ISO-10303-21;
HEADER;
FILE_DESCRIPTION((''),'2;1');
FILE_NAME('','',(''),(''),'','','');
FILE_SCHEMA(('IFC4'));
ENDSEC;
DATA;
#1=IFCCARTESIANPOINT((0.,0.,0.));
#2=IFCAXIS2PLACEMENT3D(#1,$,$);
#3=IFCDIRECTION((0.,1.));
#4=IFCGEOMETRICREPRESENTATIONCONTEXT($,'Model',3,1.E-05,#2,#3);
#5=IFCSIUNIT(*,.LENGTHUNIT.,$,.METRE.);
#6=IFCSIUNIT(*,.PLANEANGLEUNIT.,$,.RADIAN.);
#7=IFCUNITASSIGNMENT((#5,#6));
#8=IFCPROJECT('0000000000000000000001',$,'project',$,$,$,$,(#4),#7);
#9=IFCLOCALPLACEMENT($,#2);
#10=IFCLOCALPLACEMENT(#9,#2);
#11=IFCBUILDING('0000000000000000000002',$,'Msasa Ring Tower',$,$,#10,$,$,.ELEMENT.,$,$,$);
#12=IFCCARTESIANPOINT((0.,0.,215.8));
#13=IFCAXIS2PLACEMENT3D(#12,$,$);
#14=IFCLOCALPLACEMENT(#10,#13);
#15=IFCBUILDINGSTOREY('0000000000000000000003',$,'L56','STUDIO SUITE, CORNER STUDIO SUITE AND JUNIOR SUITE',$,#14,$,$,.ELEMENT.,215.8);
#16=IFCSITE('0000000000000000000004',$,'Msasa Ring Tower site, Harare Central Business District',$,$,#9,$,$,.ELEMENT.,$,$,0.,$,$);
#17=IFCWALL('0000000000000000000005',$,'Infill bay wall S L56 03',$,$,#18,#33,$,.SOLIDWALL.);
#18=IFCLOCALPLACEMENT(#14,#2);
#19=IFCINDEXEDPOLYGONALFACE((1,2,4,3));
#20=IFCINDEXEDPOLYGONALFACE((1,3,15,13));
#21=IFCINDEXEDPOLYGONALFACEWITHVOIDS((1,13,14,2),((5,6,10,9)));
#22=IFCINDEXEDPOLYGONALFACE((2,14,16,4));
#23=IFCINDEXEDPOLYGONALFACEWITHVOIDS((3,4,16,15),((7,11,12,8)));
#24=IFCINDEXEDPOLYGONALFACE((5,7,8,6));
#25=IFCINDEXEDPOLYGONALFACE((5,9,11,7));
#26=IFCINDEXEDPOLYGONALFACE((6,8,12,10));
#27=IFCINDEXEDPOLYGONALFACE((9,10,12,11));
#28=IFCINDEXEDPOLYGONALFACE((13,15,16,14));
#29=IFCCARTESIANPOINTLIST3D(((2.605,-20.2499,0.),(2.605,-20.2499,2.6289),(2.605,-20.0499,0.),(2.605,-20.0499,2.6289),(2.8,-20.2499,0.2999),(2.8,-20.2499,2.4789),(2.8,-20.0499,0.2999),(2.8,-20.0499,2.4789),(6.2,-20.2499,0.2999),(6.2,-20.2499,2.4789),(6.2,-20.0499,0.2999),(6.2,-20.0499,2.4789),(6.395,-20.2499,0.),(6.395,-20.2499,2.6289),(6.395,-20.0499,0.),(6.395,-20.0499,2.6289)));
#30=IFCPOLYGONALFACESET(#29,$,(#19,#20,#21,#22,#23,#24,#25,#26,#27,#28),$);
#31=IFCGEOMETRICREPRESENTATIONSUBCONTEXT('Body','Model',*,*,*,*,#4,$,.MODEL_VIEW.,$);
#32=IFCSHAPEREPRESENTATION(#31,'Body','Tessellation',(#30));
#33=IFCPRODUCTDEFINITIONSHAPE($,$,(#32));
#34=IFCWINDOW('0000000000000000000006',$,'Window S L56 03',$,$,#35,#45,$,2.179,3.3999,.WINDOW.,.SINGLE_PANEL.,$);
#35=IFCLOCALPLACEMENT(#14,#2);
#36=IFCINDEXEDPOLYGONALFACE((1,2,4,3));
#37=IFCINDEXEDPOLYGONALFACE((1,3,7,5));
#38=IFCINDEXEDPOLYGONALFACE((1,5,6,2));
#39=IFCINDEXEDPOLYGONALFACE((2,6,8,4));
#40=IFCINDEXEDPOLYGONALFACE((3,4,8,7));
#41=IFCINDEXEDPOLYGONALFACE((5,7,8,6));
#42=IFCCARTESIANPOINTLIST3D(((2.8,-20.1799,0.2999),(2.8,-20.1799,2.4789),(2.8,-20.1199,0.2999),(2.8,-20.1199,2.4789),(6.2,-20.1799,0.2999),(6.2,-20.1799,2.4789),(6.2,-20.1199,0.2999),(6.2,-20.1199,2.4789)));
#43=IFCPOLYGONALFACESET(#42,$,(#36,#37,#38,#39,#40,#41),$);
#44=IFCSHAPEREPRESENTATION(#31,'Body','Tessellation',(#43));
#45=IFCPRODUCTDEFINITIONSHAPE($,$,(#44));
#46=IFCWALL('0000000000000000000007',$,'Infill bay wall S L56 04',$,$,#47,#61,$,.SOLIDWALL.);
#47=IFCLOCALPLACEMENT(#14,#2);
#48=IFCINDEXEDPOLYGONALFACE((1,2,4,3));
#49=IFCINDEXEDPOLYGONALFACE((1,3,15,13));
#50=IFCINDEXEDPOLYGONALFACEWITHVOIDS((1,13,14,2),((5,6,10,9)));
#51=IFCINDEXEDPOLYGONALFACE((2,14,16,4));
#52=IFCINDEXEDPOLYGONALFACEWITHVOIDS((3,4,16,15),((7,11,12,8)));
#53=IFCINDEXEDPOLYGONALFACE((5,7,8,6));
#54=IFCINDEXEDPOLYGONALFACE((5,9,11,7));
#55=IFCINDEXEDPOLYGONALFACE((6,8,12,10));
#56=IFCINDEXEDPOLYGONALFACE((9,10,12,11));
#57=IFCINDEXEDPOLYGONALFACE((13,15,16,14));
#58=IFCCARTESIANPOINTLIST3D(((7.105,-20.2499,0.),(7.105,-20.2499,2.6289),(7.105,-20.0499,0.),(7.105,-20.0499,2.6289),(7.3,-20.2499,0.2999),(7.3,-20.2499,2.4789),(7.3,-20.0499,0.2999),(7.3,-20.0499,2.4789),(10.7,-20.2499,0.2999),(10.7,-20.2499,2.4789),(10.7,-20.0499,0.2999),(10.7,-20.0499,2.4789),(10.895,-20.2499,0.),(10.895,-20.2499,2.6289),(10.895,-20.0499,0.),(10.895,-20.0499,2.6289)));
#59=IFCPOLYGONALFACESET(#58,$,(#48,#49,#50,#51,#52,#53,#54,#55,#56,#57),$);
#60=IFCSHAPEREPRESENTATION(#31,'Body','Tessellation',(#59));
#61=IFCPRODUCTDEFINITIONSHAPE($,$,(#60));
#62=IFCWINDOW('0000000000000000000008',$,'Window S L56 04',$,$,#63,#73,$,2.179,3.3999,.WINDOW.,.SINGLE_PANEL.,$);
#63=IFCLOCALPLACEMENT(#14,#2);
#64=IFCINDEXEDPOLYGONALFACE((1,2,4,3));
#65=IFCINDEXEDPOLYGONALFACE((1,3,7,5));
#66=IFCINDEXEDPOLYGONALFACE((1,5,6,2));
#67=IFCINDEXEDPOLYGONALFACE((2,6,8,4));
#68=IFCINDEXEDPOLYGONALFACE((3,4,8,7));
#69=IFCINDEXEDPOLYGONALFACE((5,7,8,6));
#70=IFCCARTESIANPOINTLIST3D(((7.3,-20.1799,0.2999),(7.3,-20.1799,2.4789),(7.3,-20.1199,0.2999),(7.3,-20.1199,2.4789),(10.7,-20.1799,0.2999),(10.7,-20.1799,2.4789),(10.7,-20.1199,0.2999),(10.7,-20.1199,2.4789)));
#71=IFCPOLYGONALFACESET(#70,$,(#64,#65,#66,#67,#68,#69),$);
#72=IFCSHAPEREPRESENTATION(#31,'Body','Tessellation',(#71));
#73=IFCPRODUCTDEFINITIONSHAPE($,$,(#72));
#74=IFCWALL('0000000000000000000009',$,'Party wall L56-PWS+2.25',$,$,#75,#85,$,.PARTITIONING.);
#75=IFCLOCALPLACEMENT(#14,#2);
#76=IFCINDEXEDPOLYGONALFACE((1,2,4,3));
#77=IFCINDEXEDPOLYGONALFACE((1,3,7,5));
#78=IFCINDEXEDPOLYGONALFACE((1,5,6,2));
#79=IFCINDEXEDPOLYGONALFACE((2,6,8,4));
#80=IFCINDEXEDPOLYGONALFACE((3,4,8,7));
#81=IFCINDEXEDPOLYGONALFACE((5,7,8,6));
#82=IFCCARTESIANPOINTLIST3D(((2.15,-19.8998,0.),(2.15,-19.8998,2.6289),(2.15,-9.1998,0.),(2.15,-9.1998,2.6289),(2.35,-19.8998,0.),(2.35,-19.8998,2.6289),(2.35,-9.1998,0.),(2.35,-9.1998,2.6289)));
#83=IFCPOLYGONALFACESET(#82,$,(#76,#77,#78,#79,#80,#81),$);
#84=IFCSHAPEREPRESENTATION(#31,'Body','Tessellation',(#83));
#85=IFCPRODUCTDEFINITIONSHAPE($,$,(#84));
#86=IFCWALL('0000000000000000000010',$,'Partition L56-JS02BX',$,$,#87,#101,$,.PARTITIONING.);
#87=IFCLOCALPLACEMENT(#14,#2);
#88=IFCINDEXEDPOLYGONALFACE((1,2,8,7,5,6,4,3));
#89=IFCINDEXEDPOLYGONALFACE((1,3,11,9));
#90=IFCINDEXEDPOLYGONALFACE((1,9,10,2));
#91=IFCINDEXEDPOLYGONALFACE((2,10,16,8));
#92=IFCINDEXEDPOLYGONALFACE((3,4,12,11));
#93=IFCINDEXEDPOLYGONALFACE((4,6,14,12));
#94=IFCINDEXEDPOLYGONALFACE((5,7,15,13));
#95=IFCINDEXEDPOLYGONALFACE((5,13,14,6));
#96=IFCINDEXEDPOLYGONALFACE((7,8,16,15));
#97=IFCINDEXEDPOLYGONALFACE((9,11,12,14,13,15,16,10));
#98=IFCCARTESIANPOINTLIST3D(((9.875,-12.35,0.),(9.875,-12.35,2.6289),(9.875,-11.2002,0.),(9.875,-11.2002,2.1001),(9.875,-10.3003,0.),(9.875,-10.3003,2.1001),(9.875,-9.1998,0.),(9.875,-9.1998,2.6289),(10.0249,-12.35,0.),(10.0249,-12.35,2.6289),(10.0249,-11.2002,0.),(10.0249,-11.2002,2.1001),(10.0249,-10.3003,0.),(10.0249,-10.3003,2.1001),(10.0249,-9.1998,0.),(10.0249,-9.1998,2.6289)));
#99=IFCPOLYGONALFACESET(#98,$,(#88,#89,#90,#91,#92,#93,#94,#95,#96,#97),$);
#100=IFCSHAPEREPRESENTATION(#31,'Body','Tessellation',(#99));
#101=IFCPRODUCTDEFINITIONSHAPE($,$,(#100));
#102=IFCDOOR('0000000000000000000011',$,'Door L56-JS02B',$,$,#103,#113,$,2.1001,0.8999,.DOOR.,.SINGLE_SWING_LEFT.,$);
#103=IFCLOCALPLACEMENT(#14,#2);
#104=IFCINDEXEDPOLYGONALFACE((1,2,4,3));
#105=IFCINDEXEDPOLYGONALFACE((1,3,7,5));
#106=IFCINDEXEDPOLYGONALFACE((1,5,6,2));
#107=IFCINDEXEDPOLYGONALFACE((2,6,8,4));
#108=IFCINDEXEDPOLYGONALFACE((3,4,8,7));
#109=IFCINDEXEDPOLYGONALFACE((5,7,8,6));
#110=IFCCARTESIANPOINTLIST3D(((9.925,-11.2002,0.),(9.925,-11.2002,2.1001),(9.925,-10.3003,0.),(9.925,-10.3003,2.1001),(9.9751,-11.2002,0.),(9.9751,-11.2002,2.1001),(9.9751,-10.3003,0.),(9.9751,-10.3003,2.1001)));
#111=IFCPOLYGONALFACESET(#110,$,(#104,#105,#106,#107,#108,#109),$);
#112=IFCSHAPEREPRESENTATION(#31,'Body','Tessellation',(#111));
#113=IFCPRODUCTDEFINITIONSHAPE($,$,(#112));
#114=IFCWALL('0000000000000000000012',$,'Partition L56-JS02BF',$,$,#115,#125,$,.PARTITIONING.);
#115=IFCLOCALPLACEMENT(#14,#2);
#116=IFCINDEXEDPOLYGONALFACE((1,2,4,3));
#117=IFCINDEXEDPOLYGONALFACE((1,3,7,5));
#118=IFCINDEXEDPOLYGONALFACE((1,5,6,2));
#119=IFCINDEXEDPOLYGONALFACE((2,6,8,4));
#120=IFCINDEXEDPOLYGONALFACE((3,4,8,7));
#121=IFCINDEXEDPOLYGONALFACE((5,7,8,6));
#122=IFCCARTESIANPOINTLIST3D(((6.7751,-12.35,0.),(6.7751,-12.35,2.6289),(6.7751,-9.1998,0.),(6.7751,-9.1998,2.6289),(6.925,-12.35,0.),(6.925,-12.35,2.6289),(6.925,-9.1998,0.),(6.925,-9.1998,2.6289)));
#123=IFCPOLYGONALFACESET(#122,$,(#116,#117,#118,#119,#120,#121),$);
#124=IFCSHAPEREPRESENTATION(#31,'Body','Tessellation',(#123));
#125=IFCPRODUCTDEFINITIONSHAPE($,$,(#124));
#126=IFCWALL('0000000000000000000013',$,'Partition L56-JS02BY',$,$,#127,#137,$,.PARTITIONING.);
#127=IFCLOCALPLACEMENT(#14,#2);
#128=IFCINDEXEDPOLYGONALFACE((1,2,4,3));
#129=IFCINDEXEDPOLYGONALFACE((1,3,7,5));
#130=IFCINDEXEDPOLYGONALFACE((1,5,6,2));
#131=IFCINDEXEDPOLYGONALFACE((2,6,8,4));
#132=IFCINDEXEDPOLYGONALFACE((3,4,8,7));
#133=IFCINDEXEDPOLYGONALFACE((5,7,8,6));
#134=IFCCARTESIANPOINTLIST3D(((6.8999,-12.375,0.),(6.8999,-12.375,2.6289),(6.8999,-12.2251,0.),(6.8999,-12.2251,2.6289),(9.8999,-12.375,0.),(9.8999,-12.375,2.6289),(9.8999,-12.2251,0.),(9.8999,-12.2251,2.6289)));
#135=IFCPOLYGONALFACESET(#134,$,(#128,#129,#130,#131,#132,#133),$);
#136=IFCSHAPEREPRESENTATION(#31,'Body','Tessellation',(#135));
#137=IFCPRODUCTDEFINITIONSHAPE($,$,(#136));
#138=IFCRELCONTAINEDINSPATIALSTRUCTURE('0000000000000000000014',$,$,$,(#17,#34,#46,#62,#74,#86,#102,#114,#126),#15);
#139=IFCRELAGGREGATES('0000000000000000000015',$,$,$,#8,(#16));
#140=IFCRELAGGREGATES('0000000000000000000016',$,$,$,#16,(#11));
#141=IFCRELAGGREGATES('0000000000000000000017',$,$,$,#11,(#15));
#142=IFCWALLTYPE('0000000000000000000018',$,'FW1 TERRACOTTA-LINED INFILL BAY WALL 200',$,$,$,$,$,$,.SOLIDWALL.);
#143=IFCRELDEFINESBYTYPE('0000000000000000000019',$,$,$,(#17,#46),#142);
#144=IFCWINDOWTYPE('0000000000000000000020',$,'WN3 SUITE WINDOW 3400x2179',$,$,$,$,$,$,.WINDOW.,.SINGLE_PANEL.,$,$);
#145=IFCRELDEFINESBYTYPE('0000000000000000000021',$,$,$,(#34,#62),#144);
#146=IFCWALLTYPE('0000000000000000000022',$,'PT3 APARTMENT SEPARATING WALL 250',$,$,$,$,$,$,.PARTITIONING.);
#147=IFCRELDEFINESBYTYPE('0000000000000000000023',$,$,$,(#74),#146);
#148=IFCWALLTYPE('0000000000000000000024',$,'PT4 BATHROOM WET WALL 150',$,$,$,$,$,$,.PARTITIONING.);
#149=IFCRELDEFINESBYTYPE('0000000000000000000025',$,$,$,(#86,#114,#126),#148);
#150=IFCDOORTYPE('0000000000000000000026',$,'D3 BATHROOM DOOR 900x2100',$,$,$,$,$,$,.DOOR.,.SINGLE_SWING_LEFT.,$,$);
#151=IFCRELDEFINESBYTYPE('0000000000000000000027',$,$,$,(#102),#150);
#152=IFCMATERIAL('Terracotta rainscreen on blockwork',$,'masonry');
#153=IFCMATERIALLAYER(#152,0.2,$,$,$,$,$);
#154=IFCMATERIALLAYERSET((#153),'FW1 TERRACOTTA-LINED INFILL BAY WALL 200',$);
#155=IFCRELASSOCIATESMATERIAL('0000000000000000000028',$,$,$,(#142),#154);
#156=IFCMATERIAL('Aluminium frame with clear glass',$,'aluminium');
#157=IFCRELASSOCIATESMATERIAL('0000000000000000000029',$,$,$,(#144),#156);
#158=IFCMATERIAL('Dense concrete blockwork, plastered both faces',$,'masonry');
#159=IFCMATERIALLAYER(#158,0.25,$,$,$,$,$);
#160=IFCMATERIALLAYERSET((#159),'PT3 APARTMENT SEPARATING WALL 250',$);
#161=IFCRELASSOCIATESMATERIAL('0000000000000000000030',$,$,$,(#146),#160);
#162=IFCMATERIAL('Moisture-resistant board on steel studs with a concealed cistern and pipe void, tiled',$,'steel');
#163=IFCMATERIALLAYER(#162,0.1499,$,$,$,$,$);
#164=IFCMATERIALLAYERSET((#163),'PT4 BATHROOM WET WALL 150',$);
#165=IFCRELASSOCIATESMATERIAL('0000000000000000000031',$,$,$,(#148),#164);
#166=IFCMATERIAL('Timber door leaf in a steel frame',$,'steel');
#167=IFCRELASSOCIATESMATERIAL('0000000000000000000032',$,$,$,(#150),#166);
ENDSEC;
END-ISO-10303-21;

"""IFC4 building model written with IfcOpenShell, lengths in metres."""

from ifc_helpers import new_model, si_unit, direction, frame, frame_2d, origin, place, context, subcontext, project, spatial, rectangle, extrude, material, layer, layer_set, type_object, element, fill, save


model = new_model("IFC4")

# Units and contexts
model_context = context("Model", 3, precision=1e-05, world=origin(), true_north=direction((0.0, 1.0)))
body_context = subcontext(model_context, "Body", "Model", "MODEL_VIEW")
ifc_project = project(units=[si_unit("LENGTHUNIT", "METRE"), si_unit("PLANEANGLEUNIT", "RADIAN")], contexts=[model_context])

# Site, building, storey
site_placement = place(None, origin())
site = spatial("IfcSite", under=ifc_project, at=site_placement, Name="Msasa Ring Tower site, Harare Central Business District", CompositionType="ELEMENT", RefElevation=0.0)
building_placement = place(site_placement, origin())
building = spatial("IfcBuilding", under=site, at=building_placement, Name="Msasa Ring Tower", CompositionType="ELEMENT")
storey_placement = place(building_placement, frame((0.0, 0.0, 215.8)))
storey = spatial("IfcBuildingStorey", under=building, at=storey_placement, Name="L56", Description="STUDIO SUITE, CORNER STUDIO SUITE AND JUNIOR SUITE", CompositionType="ELEMENT", Elevation=215.8)

# Walls, openings, windows
ifc_material_1 = material(Name="Terracotta rainscreen on blockwork", Category="masonry")
ifc_layer_1 = layer(ifc_material_1, 0.2)
ifc_layer_set_1 = layer_set([ifc_layer_1], Name="FW1 TERRACOTTA-LINED INFILL BAY WALL 200")
wall_type_1 = type_object("IfcWallType", Name="FW1 TERRACOTTA-LINED INFILL BAY WALL 200", PredefinedType="SOLIDWALL", material=ifc_layer_set_1)
wall_1_placement = place(storey_placement, frame((2.605, -20.1499, 0.0), z_axis=(0.0, 0.0, 1.0), x_axis=(1.0, 0.0, 0.0)))
wall_1 = element("IfcWall", 1, at=wall_1_placement, inside=storey, type_object=wall_type_1, Name="Infill bay wall S L56 03", PredefinedType="SOLIDWALL", context=body_context, shape_type="SweptSolid", body=[
    extrude(rectangle(XDim=3.79, YDim=0.2, at=frame_2d((1.895, 0.0))), origin(), (0.0, 0.0, 1.0), 2.6289),
])
opening_1_placement = place(wall_1_placement, frame((0.1951, 0.0, 0.3)))
opening_1 = element("IfcOpeningElement", 2, at=opening_1_placement, cuts=wall_1, PredefinedType="OPENING", context=body_context, shape_type="SweptSolid", body=[
    extrude(rectangle(XDim=3.3999, YDim=2.179, at=frame_2d((1.7, 1.0894))), frame((0.0, 0.1099, 0.0), z_axis=(0.0, -1.0, 0.0), x_axis=(1.0, 0.0, 0.0)), (0.0, 0.0, 1.0), 0.22),
])
ifc_material_2 = material(Name="Aluminium frame with clear glass", Category="aluminium")
window_type = type_object("IfcWindowType", Name="WN3 SUITE WINDOW 3400x2179", PartitioningType="SINGLE_PANEL", PredefinedType="WINDOW", material=ifc_material_2)
window_1_placement = place(opening_1_placement, origin())
window_1 = element("IfcWindow", 3, at=window_1_placement, inside=storey, type_object=window_type, Name="Window S L56 03", OverallHeight=2.179, OverallWidth=3.3999, PartitioningType="SINGLE_PANEL", PredefinedType="WINDOW", context=body_context, shape_type="SweptSolid", body=[
    extrude(rectangle(XDim=3.3999, YDim=2.179, at=frame_2d((1.7, 1.0894))), frame((0.0, 0.03, 0.0), z_axis=(0.0, -1.0, 0.0), x_axis=(1.0, 0.0, 0.0)), (0.0, 0.0, 1.0), 0.0601),
])
fill(opening_1, window_1)
wall_2_placement = place(storey_placement, frame((7.105, -20.1499, 0.0), z_axis=(0.0, 0.0, 1.0), x_axis=(1.0, 0.0, 0.0)))
wall_2 = element("IfcWall", 4, at=wall_2_placement, inside=storey, type_object=wall_type_1, Name="Infill bay wall S L56 04", PredefinedType="SOLIDWALL", context=body_context, shape_type="SweptSolid", body=[
    extrude(rectangle(XDim=3.79, YDim=0.2, at=frame_2d((1.895, 0.0))), origin(), (0.0, 0.0, 1.0), 2.6289),
])
opening_2_placement = place(wall_2_placement, frame((0.1951, 0.0, 0.3)))
opening_2 = element("IfcOpeningElement", 5, at=opening_2_placement, cuts=wall_2, PredefinedType="OPENING", context=body_context, shape_type="SweptSolid", body=[
    extrude(rectangle(XDim=3.3999, YDim=2.179, at=frame_2d((1.7, 1.0894))), frame((0.0, 0.1099, 0.0), z_axis=(0.0, -1.0, 0.0), x_axis=(1.0, 0.0, 0.0)), (0.0, 0.0, 1.0), 0.22),
])
window_2_placement = place(opening_2_placement, origin())
window_2 = element("IfcWindow", 6, at=window_2_placement, inside=storey, type_object=window_type, Name="Window S L56 04", OverallHeight=2.179, OverallWidth=3.3999, PartitioningType="SINGLE_PANEL", PredefinedType="WINDOW", context=body_context, shape_type="SweptSolid", body=[
    extrude(rectangle(XDim=3.3999, YDim=2.179, at=frame_2d((1.7, 1.0894))), frame((0.0, 0.03, 0.0), z_axis=(0.0, -1.0, 0.0), x_axis=(1.0, 0.0, 0.0)), (0.0, 0.0, 1.0), 0.0601),
])
fill(opening_2, window_2)

# Wall
ifc_material_3 = material(Name="Dense concrete blockwork, plastered both faces", Category="masonry")
ifc_layer_2 = layer(ifc_material_3, 0.25)
ifc_layer_set_2 = layer_set([ifc_layer_2], Name="PT3 APARTMENT SEPARATING WALL 250")
wall_type_2 = type_object("IfcWallType", Name="PT3 APARTMENT SEPARATING WALL 250", PredefinedType="PARTITIONING", material=ifc_layer_set_2)
wall_3_placement = place(storey_placement, frame((2.25, -19.8999, 0.0), z_axis=(0.0, 0.0, 1.0), x_axis=(0.0, 1.0, 0.0)))
element("IfcWall", 7, at=wall_3_placement, inside=storey, type_object=wall_type_2, Name="Party wall L56-PWS+2.25", PredefinedType="PARTITIONING", context=body_context, shape_type="SweptSolid", body=[
    extrude(rectangle(XDim=10.7, YDim=0.2, at=frame_2d((5.3501, 0.0))), origin(), (0.0, 0.0, 1.0), 2.6289),
])

# Wall, opening, door
ifc_material_4 = material(Name="Moisture-resistant board on steel studs with a concealed cistern and pipe void, tiled", Category="steel")
ifc_layer_3 = layer(ifc_material_4, 0.1499)
ifc_layer_set_3 = layer_set([ifc_layer_3], Name="PT4 BATHROOM WET WALL 150")
wall_type_3 = type_object("IfcWallType", Name="PT4 BATHROOM WET WALL 150", PredefinedType="PARTITIONING", material=ifc_layer_set_3)
wall_4_placement = place(storey_placement, frame((9.95, -12.3501, 0.0), z_axis=(0.0, 0.0, 1.0), x_axis=(0.0, 1.0, 0.0)))
wall_4 = element("IfcWall", 8, at=wall_4_placement, inside=storey, type_object=wall_type_3, Name="Partition L56-JS02BX", PredefinedType="PARTITIONING", context=body_context, shape_type="SweptSolid", body=[
    extrude(rectangle(XDim=3.1501, YDim=0.1499, at=frame_2d((1.5752, 0.0))), origin(), (0.0, 0.0, 1.0), 2.6289),
])
opening_3_placement = place(wall_4_placement, frame((1.1499, 0.0, 0.0)))
opening_3 = element("IfcOpeningElement", 9, at=opening_3_placement, cuts=wall_4, PredefinedType="OPENING", context=body_context, shape_type="SweptSolid", body=[
    extrude(rectangle(XDim=0.8999, YDim=2.1001, at=frame_2d((0.45, 1.05))), frame((0.0, 0.085, 0.0), z_axis=(0.0, -1.0, 0.0), x_axis=(1.0, 0.0, 0.0)), (0.0, 0.0, 1.0), 0.1699),
])
ifc_material_5 = material(Name="Timber door leaf in a steel frame", Category="steel")
door_type = type_object("IfcDoorType", Name="D3 BATHROOM DOOR 900x2100", OperationType="SINGLE_SWING_LEFT", PredefinedType="DOOR", material=ifc_material_5)
door_placement = place(opening_3_placement, origin())
door = element("IfcDoor", 10, at=door_placement, inside=storey, type_object=door_type, Name="Door L56-JS02B", OperationType="SINGLE_SWING_LEFT", OverallHeight=2.1001, OverallWidth=0.8999, PredefinedType="DOOR", context=body_context, shape_type="SweptSolid", body=[
    extrude(rectangle(XDim=0.8999, YDim=2.1001, at=frame_2d((0.45, 1.05))), frame((0.0, 0.0249, 0.0), z_axis=(0.0, -1.0, 0.0), x_axis=(1.0, 0.0, 0.0)), (0.0, 0.0, 1.0), 0.05),
])
fill(opening_3, door)

# Walls
wall_5_placement = place(storey_placement, frame((6.8501, -12.3501, 0.0), z_axis=(0.0, 0.0, 1.0), x_axis=(0.0, 1.0, 0.0)))
element("IfcWall", 11, at=wall_5_placement, inside=storey, type_object=wall_type_3, Name="Partition L56-JS02BF", PredefinedType="PARTITIONING", context=body_context, shape_type="SweptSolid", body=[
    extrude(rectangle(XDim=3.1501, YDim=0.1499, at=frame_2d((1.5752, 0.0))), origin(), (0.0, 0.0, 1.0), 2.6289),
])
wall_6_placement = place(storey_placement, frame((6.8999, -12.3, 0.0), z_axis=(0.0, 0.0, 1.0), x_axis=(1.0, 0.0, 0.0)))
element("IfcWall", 12, at=wall_6_placement, inside=storey, type_object=wall_type_3, Name="Partition L56-JS02BY", PredefinedType="PARTITIONING", context=body_context, shape_type="SweptSolid", body=[
    extrude(rectangle(XDim=3.0, YDim=0.1499, at=frame_2d((1.5, 0.0))), origin(), (0.0, 0.0, 1.0), 2.6289),
])

save(model, "model.ifc")
